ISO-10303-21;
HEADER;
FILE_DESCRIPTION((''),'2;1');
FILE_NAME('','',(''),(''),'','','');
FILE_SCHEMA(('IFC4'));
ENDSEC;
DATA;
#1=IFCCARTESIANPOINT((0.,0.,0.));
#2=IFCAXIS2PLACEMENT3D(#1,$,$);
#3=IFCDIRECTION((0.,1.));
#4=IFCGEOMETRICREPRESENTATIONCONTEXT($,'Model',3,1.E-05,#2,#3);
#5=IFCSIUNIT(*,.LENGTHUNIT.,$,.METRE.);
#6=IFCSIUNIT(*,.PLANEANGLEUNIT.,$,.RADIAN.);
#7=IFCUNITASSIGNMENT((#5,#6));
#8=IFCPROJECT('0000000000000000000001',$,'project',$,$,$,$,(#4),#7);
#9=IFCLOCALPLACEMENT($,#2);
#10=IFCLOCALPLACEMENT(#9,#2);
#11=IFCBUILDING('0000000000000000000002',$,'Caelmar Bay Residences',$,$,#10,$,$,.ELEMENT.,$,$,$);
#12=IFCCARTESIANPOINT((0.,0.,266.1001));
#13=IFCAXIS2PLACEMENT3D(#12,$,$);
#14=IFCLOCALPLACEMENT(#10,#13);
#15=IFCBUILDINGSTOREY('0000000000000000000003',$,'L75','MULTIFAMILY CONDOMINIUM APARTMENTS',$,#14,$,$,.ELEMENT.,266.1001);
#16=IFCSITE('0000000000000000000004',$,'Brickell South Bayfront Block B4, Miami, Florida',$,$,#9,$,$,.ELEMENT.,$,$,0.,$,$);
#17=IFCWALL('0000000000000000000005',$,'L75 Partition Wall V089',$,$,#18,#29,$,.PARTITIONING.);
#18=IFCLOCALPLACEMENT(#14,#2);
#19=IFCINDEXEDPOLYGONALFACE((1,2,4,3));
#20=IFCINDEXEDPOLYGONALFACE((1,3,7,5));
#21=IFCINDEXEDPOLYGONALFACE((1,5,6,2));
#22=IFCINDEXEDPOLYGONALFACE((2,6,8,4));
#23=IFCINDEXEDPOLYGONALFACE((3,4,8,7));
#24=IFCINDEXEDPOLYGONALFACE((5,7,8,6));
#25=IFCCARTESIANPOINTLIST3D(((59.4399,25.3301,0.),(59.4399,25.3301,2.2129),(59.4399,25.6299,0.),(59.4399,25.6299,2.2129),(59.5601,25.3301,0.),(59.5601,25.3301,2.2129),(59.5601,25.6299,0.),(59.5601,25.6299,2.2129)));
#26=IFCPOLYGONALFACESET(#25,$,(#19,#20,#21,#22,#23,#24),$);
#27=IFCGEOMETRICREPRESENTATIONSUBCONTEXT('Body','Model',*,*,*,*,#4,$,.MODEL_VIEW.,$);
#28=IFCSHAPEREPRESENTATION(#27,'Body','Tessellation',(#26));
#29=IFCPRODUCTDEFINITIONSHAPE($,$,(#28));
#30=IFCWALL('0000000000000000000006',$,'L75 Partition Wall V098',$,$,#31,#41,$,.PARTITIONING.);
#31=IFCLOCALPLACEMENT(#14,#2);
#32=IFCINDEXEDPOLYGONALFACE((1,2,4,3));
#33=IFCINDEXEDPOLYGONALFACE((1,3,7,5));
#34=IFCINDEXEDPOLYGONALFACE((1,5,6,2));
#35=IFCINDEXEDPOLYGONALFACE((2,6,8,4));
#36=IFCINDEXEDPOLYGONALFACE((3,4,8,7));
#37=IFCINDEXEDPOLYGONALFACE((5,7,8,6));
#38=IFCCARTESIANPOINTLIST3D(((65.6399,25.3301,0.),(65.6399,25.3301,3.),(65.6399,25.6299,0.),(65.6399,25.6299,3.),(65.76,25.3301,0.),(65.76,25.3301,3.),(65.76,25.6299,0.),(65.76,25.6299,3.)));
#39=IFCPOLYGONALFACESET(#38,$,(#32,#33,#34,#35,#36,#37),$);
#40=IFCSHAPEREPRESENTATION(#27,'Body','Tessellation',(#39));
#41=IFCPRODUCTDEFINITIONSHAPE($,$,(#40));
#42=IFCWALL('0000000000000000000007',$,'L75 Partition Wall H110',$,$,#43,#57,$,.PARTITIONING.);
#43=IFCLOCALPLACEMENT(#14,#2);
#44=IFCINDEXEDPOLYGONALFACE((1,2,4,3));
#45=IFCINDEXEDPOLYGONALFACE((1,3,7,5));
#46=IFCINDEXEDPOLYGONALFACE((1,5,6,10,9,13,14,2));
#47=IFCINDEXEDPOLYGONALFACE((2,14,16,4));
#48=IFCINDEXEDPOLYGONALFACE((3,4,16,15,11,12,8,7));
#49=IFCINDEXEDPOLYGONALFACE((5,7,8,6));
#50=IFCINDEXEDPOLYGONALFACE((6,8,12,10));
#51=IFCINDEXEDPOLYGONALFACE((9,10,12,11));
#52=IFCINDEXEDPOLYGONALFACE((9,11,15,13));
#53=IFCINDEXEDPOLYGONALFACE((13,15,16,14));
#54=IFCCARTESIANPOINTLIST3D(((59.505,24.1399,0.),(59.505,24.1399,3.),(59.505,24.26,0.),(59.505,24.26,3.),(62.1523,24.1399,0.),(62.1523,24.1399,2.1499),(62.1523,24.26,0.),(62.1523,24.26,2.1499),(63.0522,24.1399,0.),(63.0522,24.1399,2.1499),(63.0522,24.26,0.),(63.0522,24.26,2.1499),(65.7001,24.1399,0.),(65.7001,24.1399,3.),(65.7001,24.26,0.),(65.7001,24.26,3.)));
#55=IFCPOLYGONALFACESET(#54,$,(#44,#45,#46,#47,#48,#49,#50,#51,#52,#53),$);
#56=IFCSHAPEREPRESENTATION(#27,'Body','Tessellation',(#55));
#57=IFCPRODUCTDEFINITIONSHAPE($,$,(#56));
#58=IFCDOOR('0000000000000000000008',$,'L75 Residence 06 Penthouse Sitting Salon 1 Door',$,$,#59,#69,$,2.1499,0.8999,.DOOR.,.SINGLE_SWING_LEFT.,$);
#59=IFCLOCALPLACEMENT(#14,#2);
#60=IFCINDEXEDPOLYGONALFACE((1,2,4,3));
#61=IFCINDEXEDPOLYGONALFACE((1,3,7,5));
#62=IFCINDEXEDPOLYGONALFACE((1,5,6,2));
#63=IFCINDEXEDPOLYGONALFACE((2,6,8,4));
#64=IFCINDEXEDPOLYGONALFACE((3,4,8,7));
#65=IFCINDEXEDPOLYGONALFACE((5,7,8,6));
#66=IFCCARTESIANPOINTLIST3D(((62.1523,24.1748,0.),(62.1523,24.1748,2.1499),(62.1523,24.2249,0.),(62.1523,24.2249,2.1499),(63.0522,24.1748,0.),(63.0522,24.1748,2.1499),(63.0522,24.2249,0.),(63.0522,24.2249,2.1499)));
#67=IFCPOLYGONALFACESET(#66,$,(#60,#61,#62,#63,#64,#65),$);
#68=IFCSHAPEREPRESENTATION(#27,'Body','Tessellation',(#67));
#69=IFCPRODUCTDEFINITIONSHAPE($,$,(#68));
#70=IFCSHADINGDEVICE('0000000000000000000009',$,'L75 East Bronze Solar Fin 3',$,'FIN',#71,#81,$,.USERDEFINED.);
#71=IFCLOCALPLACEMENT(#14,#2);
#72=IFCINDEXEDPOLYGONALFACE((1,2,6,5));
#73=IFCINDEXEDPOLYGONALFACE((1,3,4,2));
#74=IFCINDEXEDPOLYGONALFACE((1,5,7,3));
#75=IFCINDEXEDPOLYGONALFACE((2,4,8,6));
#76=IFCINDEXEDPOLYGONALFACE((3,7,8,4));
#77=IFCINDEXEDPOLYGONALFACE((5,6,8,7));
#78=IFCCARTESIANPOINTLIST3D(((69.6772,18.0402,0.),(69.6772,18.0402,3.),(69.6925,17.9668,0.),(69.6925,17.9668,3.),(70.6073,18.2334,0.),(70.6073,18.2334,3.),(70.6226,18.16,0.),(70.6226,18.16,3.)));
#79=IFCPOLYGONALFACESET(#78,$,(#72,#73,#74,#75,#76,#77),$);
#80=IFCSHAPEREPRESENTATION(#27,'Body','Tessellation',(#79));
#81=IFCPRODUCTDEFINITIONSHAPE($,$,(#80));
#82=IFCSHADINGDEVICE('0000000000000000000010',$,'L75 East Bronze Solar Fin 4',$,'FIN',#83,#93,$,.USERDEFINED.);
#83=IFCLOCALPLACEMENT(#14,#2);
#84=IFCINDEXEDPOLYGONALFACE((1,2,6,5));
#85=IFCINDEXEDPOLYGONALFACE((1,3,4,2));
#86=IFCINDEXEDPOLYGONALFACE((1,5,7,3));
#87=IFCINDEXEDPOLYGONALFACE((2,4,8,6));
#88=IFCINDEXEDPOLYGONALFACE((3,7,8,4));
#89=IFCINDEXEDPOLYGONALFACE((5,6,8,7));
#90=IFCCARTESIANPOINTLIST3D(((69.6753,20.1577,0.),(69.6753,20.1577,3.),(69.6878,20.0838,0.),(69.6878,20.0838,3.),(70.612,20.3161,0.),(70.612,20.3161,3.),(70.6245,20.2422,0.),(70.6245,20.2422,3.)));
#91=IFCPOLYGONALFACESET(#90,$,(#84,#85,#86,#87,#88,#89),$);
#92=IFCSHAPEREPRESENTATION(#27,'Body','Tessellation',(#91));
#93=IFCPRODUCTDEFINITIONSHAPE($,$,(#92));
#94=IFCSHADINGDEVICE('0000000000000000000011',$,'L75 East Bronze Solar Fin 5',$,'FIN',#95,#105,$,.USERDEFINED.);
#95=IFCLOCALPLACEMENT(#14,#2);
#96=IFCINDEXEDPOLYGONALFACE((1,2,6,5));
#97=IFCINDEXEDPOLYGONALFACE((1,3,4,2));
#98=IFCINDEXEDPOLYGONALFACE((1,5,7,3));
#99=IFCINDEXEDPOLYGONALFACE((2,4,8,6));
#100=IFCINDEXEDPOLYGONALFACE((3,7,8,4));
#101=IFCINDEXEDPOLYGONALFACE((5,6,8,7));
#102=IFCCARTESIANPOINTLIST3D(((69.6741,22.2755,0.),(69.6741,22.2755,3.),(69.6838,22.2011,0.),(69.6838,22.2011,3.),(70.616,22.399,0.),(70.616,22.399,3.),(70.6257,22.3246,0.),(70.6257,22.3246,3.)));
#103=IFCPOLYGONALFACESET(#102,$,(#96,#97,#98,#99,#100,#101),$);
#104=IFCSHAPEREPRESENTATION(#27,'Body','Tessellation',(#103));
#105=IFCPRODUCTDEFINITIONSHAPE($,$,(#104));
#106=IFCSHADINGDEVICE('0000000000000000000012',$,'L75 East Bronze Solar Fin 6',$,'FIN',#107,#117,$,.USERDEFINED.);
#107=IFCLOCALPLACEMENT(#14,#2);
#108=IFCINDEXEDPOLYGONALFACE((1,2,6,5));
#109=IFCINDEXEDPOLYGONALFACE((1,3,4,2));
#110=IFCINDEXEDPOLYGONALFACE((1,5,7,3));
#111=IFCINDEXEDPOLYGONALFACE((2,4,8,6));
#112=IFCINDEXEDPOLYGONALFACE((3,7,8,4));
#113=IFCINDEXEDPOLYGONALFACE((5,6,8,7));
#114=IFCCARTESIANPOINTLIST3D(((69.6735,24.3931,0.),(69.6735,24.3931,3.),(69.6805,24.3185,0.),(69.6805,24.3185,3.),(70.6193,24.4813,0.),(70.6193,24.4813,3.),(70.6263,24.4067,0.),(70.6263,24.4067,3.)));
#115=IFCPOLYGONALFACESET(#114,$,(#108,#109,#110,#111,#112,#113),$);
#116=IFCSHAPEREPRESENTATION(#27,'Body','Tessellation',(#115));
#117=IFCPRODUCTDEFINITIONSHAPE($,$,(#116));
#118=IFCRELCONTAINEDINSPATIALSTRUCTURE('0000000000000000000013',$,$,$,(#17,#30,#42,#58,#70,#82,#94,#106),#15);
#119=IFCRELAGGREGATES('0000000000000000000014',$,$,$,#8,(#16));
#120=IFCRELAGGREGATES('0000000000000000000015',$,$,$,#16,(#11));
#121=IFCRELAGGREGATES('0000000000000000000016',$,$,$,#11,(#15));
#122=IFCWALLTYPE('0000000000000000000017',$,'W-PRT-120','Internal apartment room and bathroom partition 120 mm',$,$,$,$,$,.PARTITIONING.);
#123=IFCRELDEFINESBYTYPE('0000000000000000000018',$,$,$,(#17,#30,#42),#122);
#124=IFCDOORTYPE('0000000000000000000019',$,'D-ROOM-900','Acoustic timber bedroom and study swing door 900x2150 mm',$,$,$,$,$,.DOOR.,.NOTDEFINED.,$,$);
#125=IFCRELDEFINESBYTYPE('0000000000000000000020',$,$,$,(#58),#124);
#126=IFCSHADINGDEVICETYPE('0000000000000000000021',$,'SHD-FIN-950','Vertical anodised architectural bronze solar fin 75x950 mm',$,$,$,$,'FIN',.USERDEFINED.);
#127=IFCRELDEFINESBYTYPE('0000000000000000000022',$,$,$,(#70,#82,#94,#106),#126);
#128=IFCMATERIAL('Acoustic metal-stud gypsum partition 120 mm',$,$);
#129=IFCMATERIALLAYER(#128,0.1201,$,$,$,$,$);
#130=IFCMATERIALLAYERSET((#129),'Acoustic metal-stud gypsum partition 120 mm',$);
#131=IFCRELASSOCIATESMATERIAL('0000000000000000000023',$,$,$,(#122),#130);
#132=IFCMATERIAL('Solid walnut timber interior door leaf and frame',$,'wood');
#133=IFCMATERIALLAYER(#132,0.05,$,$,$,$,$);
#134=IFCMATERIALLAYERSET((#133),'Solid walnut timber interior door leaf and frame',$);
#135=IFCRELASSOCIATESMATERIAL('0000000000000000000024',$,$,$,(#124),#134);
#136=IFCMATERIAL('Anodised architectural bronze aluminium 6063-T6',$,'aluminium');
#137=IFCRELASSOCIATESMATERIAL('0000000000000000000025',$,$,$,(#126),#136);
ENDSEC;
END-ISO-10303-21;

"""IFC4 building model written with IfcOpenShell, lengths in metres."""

from ifc_helpers import new_model, si_unit, direction, frame, frame_2d, origin, origin_2d, place, context, subcontext, project, spatial, rectangle, extrude, material, layer, layer_set, material_profile, profile_set, type_object, element, fill, save


model = new_model("IFC4")

# Units and contexts
model_context = context("Model", 3, precision=1e-05, world=origin(), true_north=direction((0.0, 1.0)))
body_context = subcontext(model_context, "Body", "Model", "MODEL_VIEW")
ifc_project = project(units=[si_unit("LENGTHUNIT", "METRE"), si_unit("PLANEANGLEUNIT", "RADIAN")], contexts=[model_context])

# Site, building, storey
site_placement = place(None, origin())
site = spatial("IfcSite", under=ifc_project, at=site_placement, Name="Brickell South Bayfront Block B4, Miami, Florida", CompositionType="ELEMENT", RefElevation=0.0)
building_placement = place(site_placement, origin())
building = spatial("IfcBuilding", under=site, at=building_placement, Name="Caelmar Bay Residences", CompositionType="ELEMENT")
storey_placement = place(building_placement, frame((0.0, 0.0, 266.1001)))
storey = spatial("IfcBuildingStorey", under=building, at=storey_placement, Name="L75", Description="MULTIFAMILY CONDOMINIUM APARTMENTS", CompositionType="ELEMENT", Elevation=266.1001)

# Walls
ifc_material_1 = material(Name="Acoustic metal-stud gypsum partition 120 mm")
ifc_layer_1 = layer(ifc_material_1, 0.1201)
ifc_layer_set_1 = layer_set([ifc_layer_1], Name="Acoustic metal-stud gypsum partition 120 mm")
wall_type = type_object("IfcWallType", Name="W-PRT-120", Description="Internal apartment room and bathroom partition 120 mm", PredefinedType="PARTITIONING", material=ifc_layer_set_1)
wall_1_placement = place(storey_placement, frame((59.5, 25.3301, 0.0), z_axis=(0.0, 0.0, 1.0), x_axis=(0.0, 1.0, 0.0)))
element("IfcWall", 1, at=wall_1_placement, inside=storey, type_object=wall_type, Name="L75 Partition Wall V089", PredefinedType="PARTITIONING", context=body_context, shape_type="SweptSolid", body=[
    extrude(rectangle(XDim=0.2998, YDim=0.1201, at=frame_2d((0.1499, 0.0))), origin(), (0.0, 0.0, 1.0), 2.2129),
])
wall_2_placement = place(storey_placement, frame((65.7, 25.3301, 0.0), z_axis=(0.0, 0.0, 1.0), x_axis=(0.0, 1.0, 0.0)))
element("IfcWall", 2, at=wall_2_placement, inside=storey, type_object=wall_type, Name="L75 Partition Wall V098", PredefinedType="PARTITIONING", context=body_context, shape_type="SweptSolid", body=[
    extrude(rectangle(XDim=0.2998, YDim=0.1201, at=frame_2d((0.1499, 0.0))), origin(), (0.0, 0.0, 1.0), 3.0),
])

# Wall, opening, door
wall_3_placement = place(storey_placement, frame((59.5049, 24.2, 0.0), z_axis=(0.0, 0.0, 1.0), x_axis=(1.0, 0.0, 0.0)))
wall_3 = element("IfcWall", 3, at=wall_3_placement, inside=storey, type_object=wall_type, Name="L75 Partition Wall H110", PredefinedType="PARTITIONING", context=body_context, shape_type="SweptSolid", body=[
    extrude(rectangle(XDim=6.1951, YDim=0.1201, at=frame_2d((3.0977, 0.0))), origin(), (0.0, 0.0, 1.0), 3.0),
])
opening_placement = place(wall_3_placement, frame((2.6475, 0.0, 0.0)))
opening = element("IfcOpeningElement", 4, at=opening_placement, cuts=wall_3, PredefinedType="OPENING", context=body_context, shape_type="SweptSolid", body=[
    extrude(rectangle(XDim=0.8999, YDim=2.1499, at=frame_2d((0.45, 1.075))), frame((0.0, 0.0701, 0.0), z_axis=(0.0, -1.0, 0.0), x_axis=(1.0, 0.0, 0.0)), (0.0, 0.0, 1.0), 0.1401),
])
ifc_material_2 = material(Name="Solid walnut timber interior door leaf and frame", Category="wood")
ifc_layer_2 = layer(ifc_material_2, 0.05)
ifc_layer_set_2 = layer_set([ifc_layer_2], Name="Solid walnut timber interior door leaf and frame")
door_type = type_object("IfcDoorType", Name="D-ROOM-900", Description="Acoustic timber bedroom and study swing door 900x2150 mm", OperationType="NOTDEFINED", PredefinedType="DOOR", material=ifc_layer_set_2)
door_placement = place(opening_placement, origin())
door = element("IfcDoor", 5, at=door_placement, inside=storey, type_object=door_type, Name="L75 Residence 06 Penthouse Sitting Salon 1 Door", OperationType="SINGLE_SWING_LEFT", OverallHeight=2.1499, OverallWidth=0.8999, PredefinedType="DOOR", context=body_context, shape_type="SweptSolid", body=[
    extrude(rectangle(XDim=0.8999, YDim=2.1499, at=frame_2d((0.45, 1.075))), frame((0.0, 0.0249, 0.0), z_axis=(0.0, -1.0, 0.0), x_axis=(1.0, 0.0, 0.0)), (0.0, 0.0, 1.0), 0.05),
])
fill(opening, door)

# Shading devices
ifc_material_3 = material(Name="Anodised architectural bronze aluminium 6063-T6", Category="aluminium")
ifc_material_profile_1 = material_profile(ifc_material_3, rectangle(XDim=0.075, YDim=0.95, at=origin_2d()), Name="BRONZE-FIN-75X950")
ifc_profile_set_1 = profile_set([ifc_material_profile_1], Name="Anodised architectural bronze aluminium 6063-T6")
shading_device_type = type_object("IfcShadingDeviceType", Name="SHD-FIN-950", Description="Vertical anodised architectural bronze solar fin 75x950 mm", ElementType="FIN", PredefinedType="USERDEFINED", material=ifc_profile_set_1)
for number, where, z_axis, x_axis, name in (
    (6, (70.1499, 18.1001, 0.0), (0.0, 0.0, 1.0), (-0.2033, 0.979116, 0.0), "L75 East Bronze Solar Fin 3"),
    (7, (70.1499, 20.2, 0.0), (0.0, 0.0, 1.0), (-0.166769, 0.985996, 0.0), "L75 East Bronze Solar Fin 4"),
    (8, (70.1499, 22.3, 0.0), (0.0, 0.0, 1.0), (-0.130007, 0.991513, 0.0), "L75 East Bronze Solar Fin 5"),
    (9, (70.1499, 24.3999, 0.0), (0.0, 0.0, 1.0), (-0.092892, 0.995676, 0.0), "L75 East Bronze Solar Fin 6"),
):
    element("IfcShadingDevice", number, at=place(storey_placement, frame(where, z_axis=z_axis, x_axis=x_axis)), inside=storey, type_object=shading_device_type, Name=name, ObjectType="FIN", PredefinedType="USERDEFINED", context=body_context, shape_type="SweptSolid", body=[
        extrude(rectangle(XDim=0.075, YDim=0.95, at=origin_2d()), origin(), (0.0, 0.0, 1.0), 3.0),
    ])

save(model, "model.ifc")
